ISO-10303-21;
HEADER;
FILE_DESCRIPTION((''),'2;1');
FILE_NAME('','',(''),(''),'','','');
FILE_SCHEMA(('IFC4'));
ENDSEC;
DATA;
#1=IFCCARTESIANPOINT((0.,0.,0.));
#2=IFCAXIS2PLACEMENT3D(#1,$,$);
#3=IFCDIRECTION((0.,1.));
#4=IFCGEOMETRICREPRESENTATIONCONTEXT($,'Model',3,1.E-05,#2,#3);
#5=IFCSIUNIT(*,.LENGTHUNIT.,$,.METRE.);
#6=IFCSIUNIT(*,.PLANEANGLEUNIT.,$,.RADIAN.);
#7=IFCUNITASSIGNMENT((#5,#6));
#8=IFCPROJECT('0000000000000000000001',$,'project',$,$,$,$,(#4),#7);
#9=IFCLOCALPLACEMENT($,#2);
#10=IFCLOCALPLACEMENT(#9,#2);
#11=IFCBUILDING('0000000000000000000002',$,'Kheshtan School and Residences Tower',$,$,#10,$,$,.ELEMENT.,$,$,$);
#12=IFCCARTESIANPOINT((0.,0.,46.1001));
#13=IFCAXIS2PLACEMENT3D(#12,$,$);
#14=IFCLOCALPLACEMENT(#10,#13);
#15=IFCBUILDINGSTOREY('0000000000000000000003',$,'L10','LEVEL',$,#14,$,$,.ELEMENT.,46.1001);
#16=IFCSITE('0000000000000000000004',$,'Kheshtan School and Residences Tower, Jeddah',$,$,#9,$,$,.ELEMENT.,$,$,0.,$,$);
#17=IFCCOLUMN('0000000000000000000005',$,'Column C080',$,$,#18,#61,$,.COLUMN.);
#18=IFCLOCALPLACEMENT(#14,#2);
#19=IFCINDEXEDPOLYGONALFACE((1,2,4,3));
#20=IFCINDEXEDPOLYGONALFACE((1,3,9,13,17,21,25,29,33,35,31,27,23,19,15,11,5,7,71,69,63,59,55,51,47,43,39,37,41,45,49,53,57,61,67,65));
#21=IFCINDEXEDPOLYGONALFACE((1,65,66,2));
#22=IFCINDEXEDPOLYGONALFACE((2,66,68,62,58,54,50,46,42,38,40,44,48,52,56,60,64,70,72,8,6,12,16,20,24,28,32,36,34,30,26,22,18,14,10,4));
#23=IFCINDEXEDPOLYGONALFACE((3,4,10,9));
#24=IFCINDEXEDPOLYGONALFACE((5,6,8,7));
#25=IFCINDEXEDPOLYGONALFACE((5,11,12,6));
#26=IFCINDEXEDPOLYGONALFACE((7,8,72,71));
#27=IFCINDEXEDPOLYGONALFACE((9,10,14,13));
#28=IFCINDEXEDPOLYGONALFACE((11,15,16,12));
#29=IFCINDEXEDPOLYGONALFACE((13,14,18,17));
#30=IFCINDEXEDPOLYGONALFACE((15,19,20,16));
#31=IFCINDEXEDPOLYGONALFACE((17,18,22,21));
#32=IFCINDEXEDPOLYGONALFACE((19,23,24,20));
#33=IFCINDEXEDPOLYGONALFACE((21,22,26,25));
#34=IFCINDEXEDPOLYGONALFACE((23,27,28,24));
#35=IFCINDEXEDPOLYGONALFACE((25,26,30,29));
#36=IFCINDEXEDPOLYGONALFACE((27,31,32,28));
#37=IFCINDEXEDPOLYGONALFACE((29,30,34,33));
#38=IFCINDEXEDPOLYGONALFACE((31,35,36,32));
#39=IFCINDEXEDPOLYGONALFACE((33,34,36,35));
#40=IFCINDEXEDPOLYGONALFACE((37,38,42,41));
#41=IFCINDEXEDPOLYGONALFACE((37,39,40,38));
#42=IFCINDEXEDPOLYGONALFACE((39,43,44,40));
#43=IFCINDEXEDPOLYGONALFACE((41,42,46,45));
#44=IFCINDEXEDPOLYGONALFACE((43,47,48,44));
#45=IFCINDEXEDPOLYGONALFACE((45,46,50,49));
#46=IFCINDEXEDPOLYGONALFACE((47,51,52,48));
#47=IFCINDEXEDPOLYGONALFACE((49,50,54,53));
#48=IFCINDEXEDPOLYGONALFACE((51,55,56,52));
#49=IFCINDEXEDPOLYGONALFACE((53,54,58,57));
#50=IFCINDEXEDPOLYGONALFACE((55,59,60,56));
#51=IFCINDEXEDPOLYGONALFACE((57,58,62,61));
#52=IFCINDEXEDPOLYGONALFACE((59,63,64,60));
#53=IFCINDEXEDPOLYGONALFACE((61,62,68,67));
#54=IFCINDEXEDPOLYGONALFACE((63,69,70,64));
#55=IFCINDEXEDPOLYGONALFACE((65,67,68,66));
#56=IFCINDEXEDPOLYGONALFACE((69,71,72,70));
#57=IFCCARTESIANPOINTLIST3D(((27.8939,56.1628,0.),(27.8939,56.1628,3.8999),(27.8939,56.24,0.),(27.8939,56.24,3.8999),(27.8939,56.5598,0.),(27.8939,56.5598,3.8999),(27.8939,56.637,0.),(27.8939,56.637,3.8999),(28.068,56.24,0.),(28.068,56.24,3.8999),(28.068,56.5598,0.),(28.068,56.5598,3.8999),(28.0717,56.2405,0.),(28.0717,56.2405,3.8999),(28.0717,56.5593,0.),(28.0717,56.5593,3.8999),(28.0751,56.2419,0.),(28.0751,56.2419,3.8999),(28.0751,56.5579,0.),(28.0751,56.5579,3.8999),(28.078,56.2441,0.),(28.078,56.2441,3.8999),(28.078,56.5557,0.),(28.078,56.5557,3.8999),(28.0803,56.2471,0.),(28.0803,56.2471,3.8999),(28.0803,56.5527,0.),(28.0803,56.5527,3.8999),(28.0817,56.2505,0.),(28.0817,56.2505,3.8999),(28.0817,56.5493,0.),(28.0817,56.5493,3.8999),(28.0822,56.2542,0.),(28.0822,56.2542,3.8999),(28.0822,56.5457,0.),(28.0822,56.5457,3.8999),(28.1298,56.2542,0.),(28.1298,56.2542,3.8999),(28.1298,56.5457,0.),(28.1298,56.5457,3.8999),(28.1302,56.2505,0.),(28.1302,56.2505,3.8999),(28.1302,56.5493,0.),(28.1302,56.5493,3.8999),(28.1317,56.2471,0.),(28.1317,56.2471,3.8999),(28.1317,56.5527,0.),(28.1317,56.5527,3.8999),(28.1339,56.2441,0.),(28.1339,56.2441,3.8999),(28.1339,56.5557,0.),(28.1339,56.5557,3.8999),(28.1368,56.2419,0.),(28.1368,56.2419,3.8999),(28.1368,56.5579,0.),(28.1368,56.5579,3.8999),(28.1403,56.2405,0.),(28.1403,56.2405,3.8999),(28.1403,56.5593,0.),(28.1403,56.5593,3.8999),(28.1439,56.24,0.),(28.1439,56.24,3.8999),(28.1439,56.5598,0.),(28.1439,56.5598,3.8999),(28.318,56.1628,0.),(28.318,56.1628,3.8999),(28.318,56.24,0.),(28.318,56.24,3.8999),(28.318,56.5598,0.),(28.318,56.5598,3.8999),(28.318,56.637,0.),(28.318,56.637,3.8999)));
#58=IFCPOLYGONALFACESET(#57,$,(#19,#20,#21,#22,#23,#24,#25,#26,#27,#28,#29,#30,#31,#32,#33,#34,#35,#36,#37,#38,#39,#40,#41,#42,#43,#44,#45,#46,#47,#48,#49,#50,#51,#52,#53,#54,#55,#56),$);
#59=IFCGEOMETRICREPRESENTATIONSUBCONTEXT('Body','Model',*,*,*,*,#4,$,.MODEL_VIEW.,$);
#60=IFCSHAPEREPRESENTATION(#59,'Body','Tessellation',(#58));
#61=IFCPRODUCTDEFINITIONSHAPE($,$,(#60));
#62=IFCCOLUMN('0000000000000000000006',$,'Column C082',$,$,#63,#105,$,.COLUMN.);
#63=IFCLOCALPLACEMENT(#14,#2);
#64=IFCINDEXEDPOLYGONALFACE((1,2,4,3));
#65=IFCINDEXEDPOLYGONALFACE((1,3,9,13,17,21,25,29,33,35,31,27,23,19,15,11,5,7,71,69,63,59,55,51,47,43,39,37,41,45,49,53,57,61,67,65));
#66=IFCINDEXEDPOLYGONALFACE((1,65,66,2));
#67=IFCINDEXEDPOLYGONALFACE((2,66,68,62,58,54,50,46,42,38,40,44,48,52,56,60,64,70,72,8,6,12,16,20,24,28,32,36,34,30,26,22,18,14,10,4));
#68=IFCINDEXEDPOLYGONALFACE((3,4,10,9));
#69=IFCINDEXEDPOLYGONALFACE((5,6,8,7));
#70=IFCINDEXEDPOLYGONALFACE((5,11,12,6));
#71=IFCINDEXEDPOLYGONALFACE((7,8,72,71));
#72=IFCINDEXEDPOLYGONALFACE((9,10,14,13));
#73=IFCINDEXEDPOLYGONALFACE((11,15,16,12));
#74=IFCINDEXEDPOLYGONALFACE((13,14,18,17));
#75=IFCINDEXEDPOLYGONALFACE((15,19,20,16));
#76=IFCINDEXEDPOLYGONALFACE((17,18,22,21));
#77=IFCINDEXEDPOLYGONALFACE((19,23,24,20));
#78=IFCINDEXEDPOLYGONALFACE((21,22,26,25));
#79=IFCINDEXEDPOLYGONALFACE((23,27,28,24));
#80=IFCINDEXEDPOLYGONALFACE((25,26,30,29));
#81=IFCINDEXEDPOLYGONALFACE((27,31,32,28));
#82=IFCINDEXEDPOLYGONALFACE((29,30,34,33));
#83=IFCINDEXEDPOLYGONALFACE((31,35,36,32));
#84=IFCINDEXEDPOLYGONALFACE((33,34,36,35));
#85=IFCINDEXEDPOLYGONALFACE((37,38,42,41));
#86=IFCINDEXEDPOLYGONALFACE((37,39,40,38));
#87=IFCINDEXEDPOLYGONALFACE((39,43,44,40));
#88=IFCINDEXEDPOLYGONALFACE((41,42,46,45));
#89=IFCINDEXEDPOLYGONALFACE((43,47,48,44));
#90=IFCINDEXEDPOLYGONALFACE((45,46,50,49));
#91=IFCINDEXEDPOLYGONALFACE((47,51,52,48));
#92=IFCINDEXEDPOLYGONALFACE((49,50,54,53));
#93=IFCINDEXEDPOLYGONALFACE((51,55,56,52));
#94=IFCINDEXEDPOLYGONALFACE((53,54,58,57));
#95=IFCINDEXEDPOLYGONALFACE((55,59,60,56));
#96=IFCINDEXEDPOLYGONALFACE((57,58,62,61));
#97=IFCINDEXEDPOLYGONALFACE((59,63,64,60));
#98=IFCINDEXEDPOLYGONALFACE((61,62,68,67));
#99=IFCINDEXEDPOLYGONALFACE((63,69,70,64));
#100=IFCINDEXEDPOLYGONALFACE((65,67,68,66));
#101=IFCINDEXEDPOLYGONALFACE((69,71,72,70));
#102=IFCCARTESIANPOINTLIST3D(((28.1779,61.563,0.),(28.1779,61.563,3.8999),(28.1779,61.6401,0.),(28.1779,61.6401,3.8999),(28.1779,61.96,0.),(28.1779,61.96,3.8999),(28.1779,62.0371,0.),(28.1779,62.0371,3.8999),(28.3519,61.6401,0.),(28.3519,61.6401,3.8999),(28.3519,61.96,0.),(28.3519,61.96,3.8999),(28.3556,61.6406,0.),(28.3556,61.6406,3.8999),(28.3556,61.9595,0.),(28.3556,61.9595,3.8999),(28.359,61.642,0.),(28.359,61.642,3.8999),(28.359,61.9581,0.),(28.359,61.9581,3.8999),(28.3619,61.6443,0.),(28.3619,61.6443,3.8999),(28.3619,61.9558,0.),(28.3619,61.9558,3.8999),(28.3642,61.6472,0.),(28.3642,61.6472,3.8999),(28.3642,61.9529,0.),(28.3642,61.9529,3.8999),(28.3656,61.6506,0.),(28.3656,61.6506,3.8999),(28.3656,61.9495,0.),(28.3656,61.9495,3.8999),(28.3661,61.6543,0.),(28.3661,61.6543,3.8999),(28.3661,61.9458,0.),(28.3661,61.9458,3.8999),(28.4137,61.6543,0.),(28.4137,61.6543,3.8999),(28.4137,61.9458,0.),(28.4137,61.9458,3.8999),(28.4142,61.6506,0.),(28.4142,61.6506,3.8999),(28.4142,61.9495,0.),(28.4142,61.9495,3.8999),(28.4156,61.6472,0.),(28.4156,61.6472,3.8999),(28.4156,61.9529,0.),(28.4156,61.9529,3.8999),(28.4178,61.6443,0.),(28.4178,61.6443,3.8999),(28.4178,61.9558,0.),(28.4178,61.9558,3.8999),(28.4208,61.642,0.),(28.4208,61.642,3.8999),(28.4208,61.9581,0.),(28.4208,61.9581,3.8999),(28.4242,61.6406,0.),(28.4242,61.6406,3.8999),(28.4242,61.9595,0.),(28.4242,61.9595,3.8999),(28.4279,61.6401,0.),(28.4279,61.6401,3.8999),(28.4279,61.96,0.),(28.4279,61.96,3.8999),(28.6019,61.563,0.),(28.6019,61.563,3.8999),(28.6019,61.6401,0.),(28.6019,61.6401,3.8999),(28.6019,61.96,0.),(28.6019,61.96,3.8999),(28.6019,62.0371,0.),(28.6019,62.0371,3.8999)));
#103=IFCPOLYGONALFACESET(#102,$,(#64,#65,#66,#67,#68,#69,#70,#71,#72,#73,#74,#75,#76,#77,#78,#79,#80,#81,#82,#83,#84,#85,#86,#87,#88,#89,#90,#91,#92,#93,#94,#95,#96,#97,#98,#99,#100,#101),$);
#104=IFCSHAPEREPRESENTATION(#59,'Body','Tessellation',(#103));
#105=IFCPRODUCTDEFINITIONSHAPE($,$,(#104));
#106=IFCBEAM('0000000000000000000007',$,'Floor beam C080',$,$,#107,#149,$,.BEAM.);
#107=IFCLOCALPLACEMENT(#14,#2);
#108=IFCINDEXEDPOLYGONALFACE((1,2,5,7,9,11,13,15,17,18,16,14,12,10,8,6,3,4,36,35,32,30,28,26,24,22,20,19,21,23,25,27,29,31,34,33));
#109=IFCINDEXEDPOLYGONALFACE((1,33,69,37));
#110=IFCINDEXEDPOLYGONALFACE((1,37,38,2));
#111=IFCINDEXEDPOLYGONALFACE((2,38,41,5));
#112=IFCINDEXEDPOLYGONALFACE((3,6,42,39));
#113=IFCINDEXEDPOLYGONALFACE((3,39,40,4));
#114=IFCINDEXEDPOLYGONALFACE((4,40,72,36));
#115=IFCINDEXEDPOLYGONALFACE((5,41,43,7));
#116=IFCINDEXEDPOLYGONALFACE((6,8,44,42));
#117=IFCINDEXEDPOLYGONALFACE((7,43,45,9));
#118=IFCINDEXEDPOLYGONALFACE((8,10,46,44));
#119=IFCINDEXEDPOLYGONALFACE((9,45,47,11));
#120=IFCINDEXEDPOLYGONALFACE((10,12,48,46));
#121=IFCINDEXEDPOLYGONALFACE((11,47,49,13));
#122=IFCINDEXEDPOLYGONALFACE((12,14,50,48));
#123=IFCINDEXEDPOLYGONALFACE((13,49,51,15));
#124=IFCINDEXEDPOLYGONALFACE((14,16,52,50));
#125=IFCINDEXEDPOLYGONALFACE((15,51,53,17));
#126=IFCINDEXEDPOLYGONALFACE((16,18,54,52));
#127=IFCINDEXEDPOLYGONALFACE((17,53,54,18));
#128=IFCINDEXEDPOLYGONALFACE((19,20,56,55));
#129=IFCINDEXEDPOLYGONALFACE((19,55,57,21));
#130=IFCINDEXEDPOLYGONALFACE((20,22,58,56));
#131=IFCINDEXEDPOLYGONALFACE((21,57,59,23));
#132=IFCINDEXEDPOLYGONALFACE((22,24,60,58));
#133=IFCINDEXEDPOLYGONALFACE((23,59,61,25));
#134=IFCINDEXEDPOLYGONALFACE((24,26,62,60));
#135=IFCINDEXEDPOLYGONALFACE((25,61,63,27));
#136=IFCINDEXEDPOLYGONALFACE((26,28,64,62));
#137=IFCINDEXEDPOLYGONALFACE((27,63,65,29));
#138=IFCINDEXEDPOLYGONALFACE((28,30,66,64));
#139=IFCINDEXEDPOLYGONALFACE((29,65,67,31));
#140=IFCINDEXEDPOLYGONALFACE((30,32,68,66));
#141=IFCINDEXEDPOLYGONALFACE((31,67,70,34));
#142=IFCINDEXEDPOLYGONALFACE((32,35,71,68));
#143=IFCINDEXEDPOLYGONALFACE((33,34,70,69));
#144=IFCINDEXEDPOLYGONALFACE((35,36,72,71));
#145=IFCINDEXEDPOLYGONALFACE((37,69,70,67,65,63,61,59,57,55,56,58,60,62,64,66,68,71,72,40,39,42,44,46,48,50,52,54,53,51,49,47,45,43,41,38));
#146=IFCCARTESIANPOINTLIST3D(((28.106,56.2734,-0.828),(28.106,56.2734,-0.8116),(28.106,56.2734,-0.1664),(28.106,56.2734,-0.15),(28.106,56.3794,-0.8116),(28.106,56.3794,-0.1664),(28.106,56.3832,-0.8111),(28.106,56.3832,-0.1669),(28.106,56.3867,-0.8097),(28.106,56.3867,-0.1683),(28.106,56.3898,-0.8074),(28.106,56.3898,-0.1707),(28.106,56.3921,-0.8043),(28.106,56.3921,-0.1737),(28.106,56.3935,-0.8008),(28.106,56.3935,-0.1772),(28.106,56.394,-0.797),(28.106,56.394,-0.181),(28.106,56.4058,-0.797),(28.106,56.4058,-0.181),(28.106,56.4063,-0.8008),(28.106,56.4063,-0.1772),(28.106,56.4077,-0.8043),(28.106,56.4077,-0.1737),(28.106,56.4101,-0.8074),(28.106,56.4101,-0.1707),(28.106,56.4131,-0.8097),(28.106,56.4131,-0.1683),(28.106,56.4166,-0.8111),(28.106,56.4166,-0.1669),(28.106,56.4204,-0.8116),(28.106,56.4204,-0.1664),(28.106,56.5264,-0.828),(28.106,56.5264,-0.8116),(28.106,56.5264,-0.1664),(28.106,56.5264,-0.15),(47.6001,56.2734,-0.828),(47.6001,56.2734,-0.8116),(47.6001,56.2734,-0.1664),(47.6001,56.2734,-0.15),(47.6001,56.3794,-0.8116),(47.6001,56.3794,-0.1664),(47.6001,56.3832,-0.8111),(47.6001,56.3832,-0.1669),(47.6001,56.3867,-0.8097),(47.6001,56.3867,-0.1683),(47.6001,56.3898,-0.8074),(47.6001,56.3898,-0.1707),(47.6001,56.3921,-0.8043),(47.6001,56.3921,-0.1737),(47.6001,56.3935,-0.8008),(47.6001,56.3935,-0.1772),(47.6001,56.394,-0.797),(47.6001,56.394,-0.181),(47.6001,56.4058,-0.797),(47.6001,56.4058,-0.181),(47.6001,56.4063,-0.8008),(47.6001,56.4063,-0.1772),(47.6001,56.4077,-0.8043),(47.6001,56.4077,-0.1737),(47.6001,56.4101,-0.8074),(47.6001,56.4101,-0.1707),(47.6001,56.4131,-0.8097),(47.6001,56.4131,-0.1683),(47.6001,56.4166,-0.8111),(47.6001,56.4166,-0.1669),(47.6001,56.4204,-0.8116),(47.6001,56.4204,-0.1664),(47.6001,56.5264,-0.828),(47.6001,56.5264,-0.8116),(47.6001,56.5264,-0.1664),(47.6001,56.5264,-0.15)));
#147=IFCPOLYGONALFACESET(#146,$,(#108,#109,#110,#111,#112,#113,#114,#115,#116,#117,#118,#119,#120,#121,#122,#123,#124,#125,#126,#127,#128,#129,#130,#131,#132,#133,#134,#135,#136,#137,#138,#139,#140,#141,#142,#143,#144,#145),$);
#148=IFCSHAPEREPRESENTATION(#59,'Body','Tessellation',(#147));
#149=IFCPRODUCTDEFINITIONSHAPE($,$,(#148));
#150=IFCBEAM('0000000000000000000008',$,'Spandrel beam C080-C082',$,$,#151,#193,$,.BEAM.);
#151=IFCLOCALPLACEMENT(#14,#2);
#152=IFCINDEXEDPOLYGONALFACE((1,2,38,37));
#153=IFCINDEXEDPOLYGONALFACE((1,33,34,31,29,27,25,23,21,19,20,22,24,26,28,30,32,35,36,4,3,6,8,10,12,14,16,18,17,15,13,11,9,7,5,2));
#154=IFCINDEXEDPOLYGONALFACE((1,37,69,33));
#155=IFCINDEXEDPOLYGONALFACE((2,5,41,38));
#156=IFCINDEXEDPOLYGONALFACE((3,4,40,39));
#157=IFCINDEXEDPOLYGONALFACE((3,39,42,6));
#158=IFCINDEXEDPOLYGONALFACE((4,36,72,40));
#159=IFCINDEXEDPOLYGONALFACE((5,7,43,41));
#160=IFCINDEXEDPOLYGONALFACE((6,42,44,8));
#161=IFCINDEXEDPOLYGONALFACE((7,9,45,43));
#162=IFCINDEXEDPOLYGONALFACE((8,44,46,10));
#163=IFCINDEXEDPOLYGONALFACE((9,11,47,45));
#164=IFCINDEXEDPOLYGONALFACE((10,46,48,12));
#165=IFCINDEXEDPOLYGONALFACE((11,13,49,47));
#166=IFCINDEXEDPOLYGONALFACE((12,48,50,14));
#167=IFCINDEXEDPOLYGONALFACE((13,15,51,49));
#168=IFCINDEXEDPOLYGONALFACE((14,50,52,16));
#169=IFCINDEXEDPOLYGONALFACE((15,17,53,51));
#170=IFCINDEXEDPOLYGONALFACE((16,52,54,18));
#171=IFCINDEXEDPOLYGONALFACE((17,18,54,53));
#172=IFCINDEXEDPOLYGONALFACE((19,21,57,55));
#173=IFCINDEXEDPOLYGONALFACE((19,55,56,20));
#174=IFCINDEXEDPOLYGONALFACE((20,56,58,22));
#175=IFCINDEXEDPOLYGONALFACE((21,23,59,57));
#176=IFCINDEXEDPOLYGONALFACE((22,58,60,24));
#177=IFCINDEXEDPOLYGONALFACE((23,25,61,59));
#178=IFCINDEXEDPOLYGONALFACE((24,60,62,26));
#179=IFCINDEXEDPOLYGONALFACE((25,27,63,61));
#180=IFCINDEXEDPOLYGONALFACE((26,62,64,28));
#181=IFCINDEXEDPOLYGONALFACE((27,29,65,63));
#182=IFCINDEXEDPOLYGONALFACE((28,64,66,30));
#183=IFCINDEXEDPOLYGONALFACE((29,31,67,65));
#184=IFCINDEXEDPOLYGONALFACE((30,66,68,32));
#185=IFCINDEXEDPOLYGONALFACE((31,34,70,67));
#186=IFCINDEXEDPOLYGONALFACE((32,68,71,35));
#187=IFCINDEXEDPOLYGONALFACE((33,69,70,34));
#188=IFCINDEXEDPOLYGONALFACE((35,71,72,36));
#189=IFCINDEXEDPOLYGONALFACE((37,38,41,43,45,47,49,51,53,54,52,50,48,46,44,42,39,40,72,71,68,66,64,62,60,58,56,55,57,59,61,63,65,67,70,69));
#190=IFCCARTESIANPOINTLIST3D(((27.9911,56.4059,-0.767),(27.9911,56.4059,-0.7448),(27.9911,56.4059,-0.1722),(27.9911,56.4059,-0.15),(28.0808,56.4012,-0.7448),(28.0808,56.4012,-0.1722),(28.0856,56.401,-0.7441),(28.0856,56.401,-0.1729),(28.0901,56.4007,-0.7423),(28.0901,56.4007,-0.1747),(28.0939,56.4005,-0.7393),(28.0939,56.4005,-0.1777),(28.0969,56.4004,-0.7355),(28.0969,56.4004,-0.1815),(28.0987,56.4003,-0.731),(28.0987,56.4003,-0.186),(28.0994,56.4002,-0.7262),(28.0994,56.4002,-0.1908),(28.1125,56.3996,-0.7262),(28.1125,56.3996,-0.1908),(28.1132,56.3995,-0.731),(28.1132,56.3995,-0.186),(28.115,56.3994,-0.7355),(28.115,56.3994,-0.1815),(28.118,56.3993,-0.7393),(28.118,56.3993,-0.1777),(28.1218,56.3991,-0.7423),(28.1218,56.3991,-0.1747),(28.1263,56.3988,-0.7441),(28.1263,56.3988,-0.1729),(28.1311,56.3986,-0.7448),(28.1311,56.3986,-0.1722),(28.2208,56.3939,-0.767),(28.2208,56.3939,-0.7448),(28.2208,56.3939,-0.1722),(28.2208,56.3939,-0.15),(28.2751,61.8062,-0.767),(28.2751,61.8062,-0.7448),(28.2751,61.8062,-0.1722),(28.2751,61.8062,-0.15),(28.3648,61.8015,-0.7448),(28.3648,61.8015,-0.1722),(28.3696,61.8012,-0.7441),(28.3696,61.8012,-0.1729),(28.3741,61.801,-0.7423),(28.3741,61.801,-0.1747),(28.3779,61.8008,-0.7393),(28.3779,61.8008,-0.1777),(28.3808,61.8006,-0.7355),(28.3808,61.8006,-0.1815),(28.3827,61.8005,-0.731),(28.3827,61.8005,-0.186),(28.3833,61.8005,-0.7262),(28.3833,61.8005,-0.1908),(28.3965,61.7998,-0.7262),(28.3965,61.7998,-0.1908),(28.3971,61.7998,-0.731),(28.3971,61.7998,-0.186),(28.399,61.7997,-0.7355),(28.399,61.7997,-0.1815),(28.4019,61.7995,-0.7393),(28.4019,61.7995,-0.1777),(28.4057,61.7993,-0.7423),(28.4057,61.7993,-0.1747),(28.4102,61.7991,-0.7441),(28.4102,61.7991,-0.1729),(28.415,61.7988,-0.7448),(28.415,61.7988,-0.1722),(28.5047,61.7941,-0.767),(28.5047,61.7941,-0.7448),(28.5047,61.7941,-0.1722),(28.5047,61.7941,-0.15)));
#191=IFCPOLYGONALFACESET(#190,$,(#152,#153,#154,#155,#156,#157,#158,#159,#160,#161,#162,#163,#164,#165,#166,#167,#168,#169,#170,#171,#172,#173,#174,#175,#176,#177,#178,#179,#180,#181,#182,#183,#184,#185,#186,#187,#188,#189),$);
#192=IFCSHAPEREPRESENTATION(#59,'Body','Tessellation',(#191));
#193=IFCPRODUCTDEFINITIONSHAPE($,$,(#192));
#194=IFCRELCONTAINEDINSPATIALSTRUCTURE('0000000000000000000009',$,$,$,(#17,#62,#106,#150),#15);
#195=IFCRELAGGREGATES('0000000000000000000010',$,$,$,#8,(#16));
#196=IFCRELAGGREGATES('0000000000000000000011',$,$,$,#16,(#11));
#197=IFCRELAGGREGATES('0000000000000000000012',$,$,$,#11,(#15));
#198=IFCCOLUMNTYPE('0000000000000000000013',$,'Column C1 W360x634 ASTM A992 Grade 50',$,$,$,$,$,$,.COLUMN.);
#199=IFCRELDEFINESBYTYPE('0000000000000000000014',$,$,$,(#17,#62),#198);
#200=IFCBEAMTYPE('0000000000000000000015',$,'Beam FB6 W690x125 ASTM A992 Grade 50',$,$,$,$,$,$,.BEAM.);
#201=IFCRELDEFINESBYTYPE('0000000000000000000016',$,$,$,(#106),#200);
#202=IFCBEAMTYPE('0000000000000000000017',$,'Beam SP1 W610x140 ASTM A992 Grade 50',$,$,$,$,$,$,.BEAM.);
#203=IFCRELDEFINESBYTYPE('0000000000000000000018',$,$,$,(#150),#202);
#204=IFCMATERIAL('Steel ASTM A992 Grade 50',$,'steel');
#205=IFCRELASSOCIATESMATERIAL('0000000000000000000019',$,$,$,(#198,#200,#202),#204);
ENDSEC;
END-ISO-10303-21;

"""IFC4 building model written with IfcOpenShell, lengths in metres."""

from ifc_helpers import new_model, si_unit, direction, frame, origin, origin_2d, place, context, subcontext, project, spatial, i_section, extrude, material, material_profile, profile_set, type_object, element, save


model = new_model("IFC4")

# Units and contexts
model_context = context("Model", 3, precision=1e-05, world=origin(), true_north=direction((0.0, 1.0)))
body_context = subcontext(model_context, "Body", "Model", "MODEL_VIEW")
ifc_project = project(units=[si_unit("LENGTHUNIT", "METRE"), si_unit("PLANEANGLEUNIT", "RADIAN")], contexts=[model_context])

# Site, building, storey
site_placement = place(None, origin())
site = spatial("IfcSite", under=ifc_project, at=site_placement, Name="Kheshtan School and Residences Tower, Jeddah", CompositionType="ELEMENT", RefElevation=0.0)
building_placement = place(site_placement, origin())
building = spatial("IfcBuilding", under=site, at=building_placement, Name="Kheshtan School and Residences Tower", CompositionType="ELEMENT")
storey_placement = place(building_placement, frame((0.0, 0.0, 46.1001)))
storey = spatial("IfcBuildingStorey", under=building, at=storey_placement, Name="L10", Description="LEVEL", CompositionType="ELEMENT", Elevation=46.1001)

# Columns
ifc_material_1 = material(Name="Steel ASTM A992 Grade 50", Category="steel")
ifc_material_profile_1 = material_profile(ifc_material_1, i_section(OverallWidth=0.4241, OverallDepth=0.4741, WebThickness=0.0476, FlangeThickness=0.0771, FilletRadius=0.0142, at=origin_2d()), Name="W360x634")
ifc_profile_set_1 = profile_set([ifc_material_profile_1], Name="Steel ASTM A992 Grade 50")
column_type = type_object("IfcColumnType", Name="Column C1 W360x634 ASTM A992 Grade 50", PredefinedType="COLUMN", material=ifc_profile_set_1)
for number, where, z_axis, x_axis, name in (
    (1, (28.106, 56.3999, 0.0), (0.0, 0.0, 1.0), (1.0, 0.0, 0.0), "Column C080"),
    (2, (28.3899, 61.8, 0.0), (0.0, 0.0, 1.0), (1.0, 0.0, 0.0), "Column C082"),
):
    element("IfcColumn", number, at=place(storey_placement, frame(where, z_axis=z_axis, x_axis=x_axis)), inside=storey, type_object=column_type, Name=name, PredefinedType="COLUMN", context=body_context, shape_type="SweptSolid", body=[
        extrude(i_section(OverallWidth=0.4241, OverallDepth=0.4741, WebThickness=0.0476, FlangeThickness=0.0771, FilletRadius=0.0142, at=origin_2d()), origin(), (0.0, 0.0, 1.0), 3.8999),
    ])

# Beams
ifc_material_profile_2 = material_profile(ifc_material_1, i_section(OverallWidth=0.2529, OverallDepth=0.678, WebThickness=0.0117, FlangeThickness=0.0164, FilletRadius=0.0146, at=origin_2d()), Name="W690x125")
ifc_profile_set_2 = profile_set([ifc_material_profile_2], Name="Steel ASTM A992 Grade 50")
beam_type_1 = type_object("IfcBeamType", Name="Beam FB6 W690x125 ASTM A992 Grade 50", PredefinedType="BEAM", material=ifc_profile_set_2)
beam_1_placement = place(storey_placement, frame((28.106, 56.3999, -0.489), z_axis=(1.0, 0.0, 0.0), x_axis=(0.0, 1.0, 0.0)))
element("IfcBeam", 3, at=beam_1_placement, inside=storey, type_object=beam_type_1, Name="Floor beam C080", PredefinedType="BEAM", context=body_context, shape_type="SweptSolid", body=[
    extrude(i_section(OverallWidth=0.2529, OverallDepth=0.678, WebThickness=0.0117, FlangeThickness=0.0164, FilletRadius=0.0146, at=origin_2d()), origin(), (0.0, 0.0, 1.0), 19.4941),
])
ifc_material_profile_3 = material_profile(ifc_material_1, i_section(OverallWidth=0.23, OverallDepth=0.6169, WebThickness=0.0132, FlangeThickness=0.0222, FilletRadius=0.0186, at=origin_2d()), Name="W610x140")
ifc_profile_set_3 = profile_set([ifc_material_profile_3], Name="Steel ASTM A992 Grade 50")
beam_type_2 = type_object("IfcBeamType", Name="Beam SP1 W610x140 ASTM A992 Grade 50", PredefinedType="BEAM", material=ifc_profile_set_3)
beam_2_placement = place(storey_placement, frame((28.106, 56.3999, -0.4585), z_axis=(0.052507, 0.998621, 0.0), x_axis=(-0.998621, 0.052507, 0.0)))
element("IfcBeam", 4, at=beam_2_placement, inside=storey, type_object=beam_type_2, Name="Spandrel beam C080-C082", PredefinedType="BEAM", context=body_context, shape_type="SweptSolid", body=[
    extrude(i_section(OverallWidth=0.23, OverallDepth=0.6169, WebThickness=0.0132, FlangeThickness=0.0222, FilletRadius=0.0186, at=origin_2d()), origin(), (0.0, 0.0, 1.0), 5.4077),
])

save(model, "model.ifc")
